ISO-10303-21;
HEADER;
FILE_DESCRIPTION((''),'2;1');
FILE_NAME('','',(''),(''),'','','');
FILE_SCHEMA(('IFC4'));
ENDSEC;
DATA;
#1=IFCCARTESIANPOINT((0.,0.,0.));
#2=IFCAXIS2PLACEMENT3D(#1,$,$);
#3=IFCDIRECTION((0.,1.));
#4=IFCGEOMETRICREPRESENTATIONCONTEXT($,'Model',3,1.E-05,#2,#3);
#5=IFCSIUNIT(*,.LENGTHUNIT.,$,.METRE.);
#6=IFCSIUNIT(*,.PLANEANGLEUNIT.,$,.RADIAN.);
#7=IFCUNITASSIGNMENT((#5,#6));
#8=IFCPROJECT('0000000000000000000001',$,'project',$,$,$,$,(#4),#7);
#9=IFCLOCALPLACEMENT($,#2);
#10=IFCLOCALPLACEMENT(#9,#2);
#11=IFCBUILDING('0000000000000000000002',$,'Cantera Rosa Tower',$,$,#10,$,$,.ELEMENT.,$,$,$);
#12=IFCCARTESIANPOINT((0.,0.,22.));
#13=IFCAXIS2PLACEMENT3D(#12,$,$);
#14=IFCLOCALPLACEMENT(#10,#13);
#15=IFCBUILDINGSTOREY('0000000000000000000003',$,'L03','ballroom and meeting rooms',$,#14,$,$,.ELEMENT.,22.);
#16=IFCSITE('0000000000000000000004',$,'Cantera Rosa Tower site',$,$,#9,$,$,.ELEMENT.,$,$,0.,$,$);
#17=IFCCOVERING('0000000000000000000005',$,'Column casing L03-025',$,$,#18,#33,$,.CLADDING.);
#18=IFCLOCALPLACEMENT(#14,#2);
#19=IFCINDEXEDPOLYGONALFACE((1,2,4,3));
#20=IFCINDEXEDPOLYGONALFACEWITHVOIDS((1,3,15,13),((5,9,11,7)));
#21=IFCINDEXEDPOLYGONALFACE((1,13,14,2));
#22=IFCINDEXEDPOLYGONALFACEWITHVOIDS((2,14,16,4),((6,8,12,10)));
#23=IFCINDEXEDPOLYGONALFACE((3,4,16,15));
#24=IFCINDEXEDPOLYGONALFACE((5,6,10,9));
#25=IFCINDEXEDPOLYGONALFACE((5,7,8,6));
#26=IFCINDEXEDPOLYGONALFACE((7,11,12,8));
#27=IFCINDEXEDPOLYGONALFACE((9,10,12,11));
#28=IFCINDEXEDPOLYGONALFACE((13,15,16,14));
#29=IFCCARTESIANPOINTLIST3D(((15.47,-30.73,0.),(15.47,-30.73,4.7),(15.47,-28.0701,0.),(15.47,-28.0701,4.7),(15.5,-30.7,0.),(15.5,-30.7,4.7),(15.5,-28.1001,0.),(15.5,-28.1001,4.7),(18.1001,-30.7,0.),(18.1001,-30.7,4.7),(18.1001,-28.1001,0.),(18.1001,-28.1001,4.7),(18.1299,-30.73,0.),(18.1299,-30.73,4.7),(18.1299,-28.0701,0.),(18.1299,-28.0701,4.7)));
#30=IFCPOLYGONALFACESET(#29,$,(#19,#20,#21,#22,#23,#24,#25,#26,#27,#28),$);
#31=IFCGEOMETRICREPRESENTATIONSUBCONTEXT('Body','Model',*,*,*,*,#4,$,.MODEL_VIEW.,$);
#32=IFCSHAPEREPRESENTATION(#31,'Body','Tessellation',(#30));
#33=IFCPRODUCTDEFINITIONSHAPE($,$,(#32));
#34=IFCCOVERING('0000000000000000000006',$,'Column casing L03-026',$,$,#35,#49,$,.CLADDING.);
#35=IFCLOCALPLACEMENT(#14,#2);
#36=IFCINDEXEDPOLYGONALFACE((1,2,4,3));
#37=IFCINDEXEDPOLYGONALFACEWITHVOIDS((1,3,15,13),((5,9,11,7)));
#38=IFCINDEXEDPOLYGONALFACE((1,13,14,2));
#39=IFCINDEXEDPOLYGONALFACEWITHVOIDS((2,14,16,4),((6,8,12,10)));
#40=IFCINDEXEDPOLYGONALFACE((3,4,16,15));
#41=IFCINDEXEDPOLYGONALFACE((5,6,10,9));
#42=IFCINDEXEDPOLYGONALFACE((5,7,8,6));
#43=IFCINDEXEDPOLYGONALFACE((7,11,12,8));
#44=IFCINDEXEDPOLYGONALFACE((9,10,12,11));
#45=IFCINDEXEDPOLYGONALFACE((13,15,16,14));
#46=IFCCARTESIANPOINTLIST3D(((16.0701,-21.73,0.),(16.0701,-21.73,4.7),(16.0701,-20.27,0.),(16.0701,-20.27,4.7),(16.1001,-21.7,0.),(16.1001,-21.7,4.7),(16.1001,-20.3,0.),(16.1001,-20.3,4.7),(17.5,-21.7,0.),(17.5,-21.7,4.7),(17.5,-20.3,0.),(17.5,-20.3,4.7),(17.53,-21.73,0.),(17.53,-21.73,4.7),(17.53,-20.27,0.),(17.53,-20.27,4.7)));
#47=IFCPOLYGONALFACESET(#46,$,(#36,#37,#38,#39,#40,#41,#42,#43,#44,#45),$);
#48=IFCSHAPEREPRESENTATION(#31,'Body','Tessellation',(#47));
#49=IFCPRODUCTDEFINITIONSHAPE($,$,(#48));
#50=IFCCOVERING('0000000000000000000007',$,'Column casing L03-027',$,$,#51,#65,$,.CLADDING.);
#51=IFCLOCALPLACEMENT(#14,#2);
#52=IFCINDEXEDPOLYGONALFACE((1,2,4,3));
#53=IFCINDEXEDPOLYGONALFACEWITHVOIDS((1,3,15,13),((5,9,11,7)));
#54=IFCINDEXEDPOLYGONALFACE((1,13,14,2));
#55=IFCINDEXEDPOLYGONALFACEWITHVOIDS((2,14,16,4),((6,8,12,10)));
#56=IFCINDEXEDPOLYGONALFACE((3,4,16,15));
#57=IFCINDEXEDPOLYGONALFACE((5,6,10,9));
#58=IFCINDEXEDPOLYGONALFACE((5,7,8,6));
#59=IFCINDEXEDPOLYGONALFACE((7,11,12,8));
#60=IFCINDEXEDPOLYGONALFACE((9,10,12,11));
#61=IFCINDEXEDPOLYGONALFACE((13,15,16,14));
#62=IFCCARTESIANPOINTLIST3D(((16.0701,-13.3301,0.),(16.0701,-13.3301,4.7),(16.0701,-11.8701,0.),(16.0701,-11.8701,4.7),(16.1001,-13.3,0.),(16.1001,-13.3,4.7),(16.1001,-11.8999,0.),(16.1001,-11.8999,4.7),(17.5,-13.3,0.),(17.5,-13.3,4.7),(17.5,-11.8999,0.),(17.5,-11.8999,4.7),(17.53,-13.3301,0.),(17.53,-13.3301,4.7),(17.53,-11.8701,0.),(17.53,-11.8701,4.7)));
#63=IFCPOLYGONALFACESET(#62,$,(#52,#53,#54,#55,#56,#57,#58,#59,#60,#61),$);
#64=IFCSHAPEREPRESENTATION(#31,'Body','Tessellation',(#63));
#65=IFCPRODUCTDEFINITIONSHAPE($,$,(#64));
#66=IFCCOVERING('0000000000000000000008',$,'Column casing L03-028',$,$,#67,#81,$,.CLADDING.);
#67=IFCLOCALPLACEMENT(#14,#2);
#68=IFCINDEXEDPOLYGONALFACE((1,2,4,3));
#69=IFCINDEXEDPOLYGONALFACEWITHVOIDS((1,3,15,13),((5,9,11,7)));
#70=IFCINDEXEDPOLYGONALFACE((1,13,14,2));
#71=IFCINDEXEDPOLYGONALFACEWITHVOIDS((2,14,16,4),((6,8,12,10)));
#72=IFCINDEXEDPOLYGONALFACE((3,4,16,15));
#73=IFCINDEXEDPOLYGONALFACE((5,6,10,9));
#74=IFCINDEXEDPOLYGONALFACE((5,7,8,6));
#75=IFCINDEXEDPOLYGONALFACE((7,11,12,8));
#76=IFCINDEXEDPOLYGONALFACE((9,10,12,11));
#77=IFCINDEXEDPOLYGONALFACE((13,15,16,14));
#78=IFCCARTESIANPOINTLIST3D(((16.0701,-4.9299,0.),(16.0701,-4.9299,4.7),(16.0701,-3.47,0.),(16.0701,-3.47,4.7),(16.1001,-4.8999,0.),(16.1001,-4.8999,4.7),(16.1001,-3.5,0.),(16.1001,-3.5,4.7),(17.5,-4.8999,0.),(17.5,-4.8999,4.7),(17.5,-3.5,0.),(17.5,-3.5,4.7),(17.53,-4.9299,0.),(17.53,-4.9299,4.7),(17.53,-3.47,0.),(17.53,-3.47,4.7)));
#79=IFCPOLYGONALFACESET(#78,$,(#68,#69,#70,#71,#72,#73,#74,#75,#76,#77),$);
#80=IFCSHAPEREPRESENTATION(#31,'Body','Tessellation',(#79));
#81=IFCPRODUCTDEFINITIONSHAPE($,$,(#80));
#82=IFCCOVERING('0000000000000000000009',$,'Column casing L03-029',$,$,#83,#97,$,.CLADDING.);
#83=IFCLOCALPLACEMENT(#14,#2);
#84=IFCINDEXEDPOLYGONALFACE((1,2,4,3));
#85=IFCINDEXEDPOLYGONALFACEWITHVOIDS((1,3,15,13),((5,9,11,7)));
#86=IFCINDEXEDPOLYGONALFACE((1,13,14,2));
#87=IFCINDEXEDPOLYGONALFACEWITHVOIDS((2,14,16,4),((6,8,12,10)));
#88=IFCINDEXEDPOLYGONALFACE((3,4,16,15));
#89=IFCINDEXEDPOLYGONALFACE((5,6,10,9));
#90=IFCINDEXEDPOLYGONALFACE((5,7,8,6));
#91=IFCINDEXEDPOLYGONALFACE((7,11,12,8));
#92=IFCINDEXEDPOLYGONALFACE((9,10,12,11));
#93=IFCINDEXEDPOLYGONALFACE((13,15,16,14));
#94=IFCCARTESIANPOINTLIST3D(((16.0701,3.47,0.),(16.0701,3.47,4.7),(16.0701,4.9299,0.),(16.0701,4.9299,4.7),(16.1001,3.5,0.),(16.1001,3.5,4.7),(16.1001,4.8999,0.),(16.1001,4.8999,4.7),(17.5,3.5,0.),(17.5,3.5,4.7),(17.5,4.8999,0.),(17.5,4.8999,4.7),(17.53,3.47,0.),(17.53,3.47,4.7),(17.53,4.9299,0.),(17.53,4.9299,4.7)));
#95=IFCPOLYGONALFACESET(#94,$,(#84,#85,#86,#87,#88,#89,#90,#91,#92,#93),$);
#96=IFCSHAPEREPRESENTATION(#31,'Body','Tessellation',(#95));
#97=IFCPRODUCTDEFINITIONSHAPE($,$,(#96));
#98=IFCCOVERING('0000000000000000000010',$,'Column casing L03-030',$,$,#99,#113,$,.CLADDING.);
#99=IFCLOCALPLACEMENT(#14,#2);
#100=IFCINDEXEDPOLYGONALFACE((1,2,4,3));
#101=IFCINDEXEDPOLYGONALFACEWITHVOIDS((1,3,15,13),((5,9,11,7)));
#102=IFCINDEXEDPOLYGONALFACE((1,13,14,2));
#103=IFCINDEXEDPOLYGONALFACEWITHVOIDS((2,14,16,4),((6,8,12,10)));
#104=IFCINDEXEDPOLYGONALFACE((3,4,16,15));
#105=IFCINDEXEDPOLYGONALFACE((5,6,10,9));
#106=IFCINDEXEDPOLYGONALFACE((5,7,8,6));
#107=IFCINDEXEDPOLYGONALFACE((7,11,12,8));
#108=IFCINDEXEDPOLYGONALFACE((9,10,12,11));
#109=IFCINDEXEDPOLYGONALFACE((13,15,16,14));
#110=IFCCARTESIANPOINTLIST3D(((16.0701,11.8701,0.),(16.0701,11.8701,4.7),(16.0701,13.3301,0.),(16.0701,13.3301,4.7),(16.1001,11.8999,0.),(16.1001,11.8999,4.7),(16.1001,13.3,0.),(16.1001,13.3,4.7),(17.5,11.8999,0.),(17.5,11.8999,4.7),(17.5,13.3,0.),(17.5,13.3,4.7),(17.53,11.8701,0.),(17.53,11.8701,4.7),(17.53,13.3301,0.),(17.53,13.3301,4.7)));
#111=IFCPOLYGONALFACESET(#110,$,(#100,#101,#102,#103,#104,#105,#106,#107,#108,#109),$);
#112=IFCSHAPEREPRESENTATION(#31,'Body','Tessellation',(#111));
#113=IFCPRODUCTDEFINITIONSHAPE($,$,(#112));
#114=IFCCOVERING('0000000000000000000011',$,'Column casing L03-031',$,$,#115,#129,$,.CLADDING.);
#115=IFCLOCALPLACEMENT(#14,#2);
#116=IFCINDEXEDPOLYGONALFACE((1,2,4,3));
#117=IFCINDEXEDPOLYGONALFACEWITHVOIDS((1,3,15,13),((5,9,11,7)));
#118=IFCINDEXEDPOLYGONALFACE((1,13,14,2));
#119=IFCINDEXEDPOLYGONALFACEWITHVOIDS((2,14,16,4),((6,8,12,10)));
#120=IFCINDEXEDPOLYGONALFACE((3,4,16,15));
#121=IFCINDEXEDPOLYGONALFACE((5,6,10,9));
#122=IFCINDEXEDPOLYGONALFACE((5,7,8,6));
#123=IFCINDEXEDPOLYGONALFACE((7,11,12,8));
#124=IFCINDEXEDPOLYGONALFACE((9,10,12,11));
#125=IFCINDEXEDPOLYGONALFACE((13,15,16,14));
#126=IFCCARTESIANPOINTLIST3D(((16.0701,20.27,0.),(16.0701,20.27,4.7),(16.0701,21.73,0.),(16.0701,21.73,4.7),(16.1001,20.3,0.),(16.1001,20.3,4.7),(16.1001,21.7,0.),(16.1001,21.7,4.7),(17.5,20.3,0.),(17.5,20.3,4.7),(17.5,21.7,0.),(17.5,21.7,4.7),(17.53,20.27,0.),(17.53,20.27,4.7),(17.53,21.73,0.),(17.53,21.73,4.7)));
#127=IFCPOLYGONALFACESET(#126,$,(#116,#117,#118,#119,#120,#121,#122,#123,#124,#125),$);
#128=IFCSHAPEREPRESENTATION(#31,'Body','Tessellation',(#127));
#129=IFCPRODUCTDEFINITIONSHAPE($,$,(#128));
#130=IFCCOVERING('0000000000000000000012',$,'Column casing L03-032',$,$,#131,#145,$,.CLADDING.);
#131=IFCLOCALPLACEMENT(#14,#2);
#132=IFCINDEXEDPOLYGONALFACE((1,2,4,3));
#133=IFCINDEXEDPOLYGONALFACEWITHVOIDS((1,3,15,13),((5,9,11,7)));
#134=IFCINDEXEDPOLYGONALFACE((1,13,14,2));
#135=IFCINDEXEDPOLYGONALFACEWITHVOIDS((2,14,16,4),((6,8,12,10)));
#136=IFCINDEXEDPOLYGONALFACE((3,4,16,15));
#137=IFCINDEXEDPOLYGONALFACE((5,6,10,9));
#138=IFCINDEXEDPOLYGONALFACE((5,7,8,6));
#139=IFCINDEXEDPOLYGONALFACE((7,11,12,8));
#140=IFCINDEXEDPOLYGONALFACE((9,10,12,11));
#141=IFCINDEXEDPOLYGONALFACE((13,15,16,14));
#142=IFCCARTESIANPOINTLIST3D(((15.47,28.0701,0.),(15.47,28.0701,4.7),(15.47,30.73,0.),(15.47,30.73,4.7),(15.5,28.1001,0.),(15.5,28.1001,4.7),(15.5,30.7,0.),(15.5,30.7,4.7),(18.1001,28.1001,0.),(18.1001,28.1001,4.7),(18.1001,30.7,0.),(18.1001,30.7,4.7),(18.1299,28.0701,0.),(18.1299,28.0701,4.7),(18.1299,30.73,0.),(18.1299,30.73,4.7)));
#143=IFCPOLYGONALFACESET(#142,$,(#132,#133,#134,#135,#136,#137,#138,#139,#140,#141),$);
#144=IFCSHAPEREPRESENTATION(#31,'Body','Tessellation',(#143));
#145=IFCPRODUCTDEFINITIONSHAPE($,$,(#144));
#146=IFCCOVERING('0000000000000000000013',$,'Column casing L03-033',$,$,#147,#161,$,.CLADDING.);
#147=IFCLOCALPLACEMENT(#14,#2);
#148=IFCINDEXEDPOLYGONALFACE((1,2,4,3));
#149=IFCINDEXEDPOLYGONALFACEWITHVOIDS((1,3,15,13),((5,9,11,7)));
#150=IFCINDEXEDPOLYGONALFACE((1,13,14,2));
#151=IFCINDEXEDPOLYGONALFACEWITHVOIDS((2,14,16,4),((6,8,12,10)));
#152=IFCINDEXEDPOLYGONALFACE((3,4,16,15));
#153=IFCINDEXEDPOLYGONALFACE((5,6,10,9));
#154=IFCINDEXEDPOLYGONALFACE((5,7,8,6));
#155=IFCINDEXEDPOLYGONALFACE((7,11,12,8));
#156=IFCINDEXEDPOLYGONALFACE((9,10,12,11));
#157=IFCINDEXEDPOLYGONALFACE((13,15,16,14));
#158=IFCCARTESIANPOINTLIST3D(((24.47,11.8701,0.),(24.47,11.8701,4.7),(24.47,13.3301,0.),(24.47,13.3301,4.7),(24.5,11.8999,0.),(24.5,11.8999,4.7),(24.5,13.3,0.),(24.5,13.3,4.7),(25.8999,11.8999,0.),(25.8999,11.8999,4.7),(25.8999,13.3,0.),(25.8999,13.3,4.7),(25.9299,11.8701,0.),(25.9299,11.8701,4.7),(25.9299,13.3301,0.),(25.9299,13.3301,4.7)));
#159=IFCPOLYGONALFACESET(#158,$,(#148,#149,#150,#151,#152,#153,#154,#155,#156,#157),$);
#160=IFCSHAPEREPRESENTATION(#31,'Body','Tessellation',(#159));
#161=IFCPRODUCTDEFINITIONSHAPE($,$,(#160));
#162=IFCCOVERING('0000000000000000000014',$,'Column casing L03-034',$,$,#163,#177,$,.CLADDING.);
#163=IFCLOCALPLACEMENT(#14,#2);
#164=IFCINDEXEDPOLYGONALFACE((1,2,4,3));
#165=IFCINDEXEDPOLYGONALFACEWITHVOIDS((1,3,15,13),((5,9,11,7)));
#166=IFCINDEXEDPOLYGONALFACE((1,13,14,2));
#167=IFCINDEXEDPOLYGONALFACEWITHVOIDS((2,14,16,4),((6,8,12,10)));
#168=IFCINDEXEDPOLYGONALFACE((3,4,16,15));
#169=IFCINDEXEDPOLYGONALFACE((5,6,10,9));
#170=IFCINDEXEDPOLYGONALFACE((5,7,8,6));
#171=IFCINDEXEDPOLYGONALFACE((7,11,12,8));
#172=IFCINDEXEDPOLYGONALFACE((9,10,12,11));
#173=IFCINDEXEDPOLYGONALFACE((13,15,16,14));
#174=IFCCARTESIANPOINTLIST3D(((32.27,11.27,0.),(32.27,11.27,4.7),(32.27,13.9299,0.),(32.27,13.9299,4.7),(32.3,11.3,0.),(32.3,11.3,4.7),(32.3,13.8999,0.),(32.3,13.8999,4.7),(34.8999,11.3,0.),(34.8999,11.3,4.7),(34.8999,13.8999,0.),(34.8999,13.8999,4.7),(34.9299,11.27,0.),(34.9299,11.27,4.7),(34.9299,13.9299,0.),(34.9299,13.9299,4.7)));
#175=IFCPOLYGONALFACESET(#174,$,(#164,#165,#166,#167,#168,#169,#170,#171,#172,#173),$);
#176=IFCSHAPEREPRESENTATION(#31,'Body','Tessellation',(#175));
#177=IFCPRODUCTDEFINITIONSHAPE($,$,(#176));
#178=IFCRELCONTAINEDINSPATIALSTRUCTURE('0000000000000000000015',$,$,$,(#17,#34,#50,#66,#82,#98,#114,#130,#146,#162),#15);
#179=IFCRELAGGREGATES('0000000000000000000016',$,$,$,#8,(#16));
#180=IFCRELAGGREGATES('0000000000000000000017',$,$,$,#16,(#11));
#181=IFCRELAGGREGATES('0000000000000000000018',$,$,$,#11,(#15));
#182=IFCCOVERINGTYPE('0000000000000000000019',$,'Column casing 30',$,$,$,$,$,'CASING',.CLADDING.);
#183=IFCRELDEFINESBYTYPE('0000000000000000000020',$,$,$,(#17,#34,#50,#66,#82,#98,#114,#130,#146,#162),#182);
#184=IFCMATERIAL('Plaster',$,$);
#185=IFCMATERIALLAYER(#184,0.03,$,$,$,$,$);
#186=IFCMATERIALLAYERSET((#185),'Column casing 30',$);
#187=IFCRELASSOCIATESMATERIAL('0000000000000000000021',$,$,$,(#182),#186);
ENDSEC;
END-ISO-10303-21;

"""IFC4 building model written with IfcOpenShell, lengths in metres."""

from ifc_helpers import new_model, si_unit, direction, frame, origin, place, context, subcontext, project, spatial, polyline, outline, extrude, material, layer, layer_set, type_object, element, save


model = new_model("IFC4")

# Units and contexts
model_context = context("Model", 3, precision=1e-05, world=origin(), true_north=direction((0.0, 1.0)))
body_context = subcontext(model_context, "Body", "Model", "MODEL_VIEW")
ifc_project = project(units=[si_unit("LENGTHUNIT", "METRE"), si_unit("PLANEANGLEUNIT", "RADIAN")], contexts=[model_context])

# Site, building, storey
site_placement = place(None, origin())
site = spatial("IfcSite", under=ifc_project, at=site_placement, Name="Cantera Rosa Tower site", CompositionType="ELEMENT", RefElevation=0.0)
building_placement = place(site_placement, origin())
building = spatial("IfcBuilding", under=site, at=building_placement, Name="Cantera Rosa Tower", CompositionType="ELEMENT")
storey_placement = place(building_placement, frame((0.0, 0.0, 22.0)))
storey = spatial("IfcBuildingStorey", under=building, at=storey_placement, Name="L03", Description="ballroom and meeting rooms", CompositionType="ELEMENT", Elevation=22.0)

# Coverings
ifc_material_1 = material(Name="Plaster")
ifc_layer_1 = layer(ifc_material_1, 0.03)
ifc_layer_set_1 = layer_set([ifc_layer_1], Name="Column casing 30")
covering_type = type_object("IfcCoveringType", Name="Column casing 30", ElementType="CASING", PredefinedType="CLADDING", material=ifc_layer_set_1)
covering_1_placement = place(storey_placement, origin())
element("IfcCovering", 1, at=covering_1_placement, inside=storey, type_object=covering_type, Name="Column casing L03-025", PredefinedType="CLADDING", context=body_context, shape_type="SweptSolid", body=[
    extrude(outline(polyline([(15.47, -30.73), (18.1299, -30.73), (18.1299, -28.0701), (15.47, -28.0701), (15.47, -30.73)]), holes=[polyline([(18.1001, -28.1001), (15.5, -28.1001), (15.5, -30.7), (18.1001, -30.7), (18.1001, -28.1001)])]), origin(), (0.0, 0.0, 1.0), 4.7),
])
covering_2_placement = place(storey_placement, origin())
element("IfcCovering", 2, at=covering_2_placement, inside=storey, type_object=covering_type, Name="Column casing L03-026", PredefinedType="CLADDING", context=body_context, shape_type="SweptSolid", body=[
    extrude(outline(polyline([(16.0701, -21.73), (17.53, -21.73), (17.53, -20.27), (16.0701, -20.27), (16.0701, -21.73)]), holes=[polyline([(17.5, -20.3), (16.1001, -20.3), (16.1001, -21.7), (17.5, -21.7), (17.5, -20.3)])]), origin(), (0.0, 0.0, 1.0), 4.7),
])
covering_3_placement = place(storey_placement, origin())
element("IfcCovering", 3, at=covering_3_placement, inside=storey, type_object=covering_type, Name="Column casing L03-027", PredefinedType="CLADDING", context=body_context, shape_type="SweptSolid", body=[
    extrude(outline(polyline([(16.0701, -13.3301), (17.53, -13.3301), (17.53, -11.8701), (16.0701, -11.8701), (16.0701, -13.3301)]), holes=[polyline([(17.5, -11.8999), (16.1001, -11.8999), (16.1001, -13.3), (17.5, -13.3), (17.5, -11.8999)])]), origin(), (0.0, 0.0, 1.0), 4.7),
])
covering_4_placement = place(storey_placement, origin())
element("IfcCovering", 4, at=covering_4_placement, inside=storey, type_object=covering_type, Name="Column casing L03-028", PredefinedType="CLADDING", context=body_context, shape_type="SweptSolid", body=[
    extrude(outline(polyline([(16.0701, -4.9299), (17.53, -4.9299), (17.53, -3.47), (16.0701, -3.47), (16.0701, -4.9299)]), holes=[polyline([(17.5, -3.5), (16.1001, -3.5), (16.1001, -4.8999), (17.5, -4.8999), (17.5, -3.5)])]), origin(), (0.0, 0.0, 1.0), 4.7),
])
covering_5_placement = place(storey_placement, origin())
element("IfcCovering", 5, at=covering_5_placement, inside=storey, type_object=covering_type, Name="Column casing L03-029", PredefinedType="CLADDING", context=body_context, shape_type="SweptSolid", body=[
    extrude(outline(polyline([(16.0701, 3.47), (17.53, 3.47), (17.53, 4.9299), (16.0701, 4.9299), (16.0701, 3.47)]), holes=[polyline([(17.5, 4.8999), (16.1001, 4.8999), (16.1001, 3.5), (17.5, 3.5), (17.5, 4.8999)])]), origin(), (0.0, 0.0, 1.0), 4.7),
])
covering_6_placement = place(storey_placement, origin())
element("IfcCovering", 6, at=covering_6_placement, inside=storey, type_object=covering_type, Name="Column casing L03-030", PredefinedType="CLADDING", context=body_context, shape_type="SweptSolid", body=[
    extrude(outline(polyline([(16.0701, 11.8701), (17.53, 11.8701), (17.53, 13.3301), (16.0701, 13.3301), (16.0701, 11.8701)]), holes=[polyline([(17.5, 13.3), (16.1001, 13.3), (16.1001, 11.8999), (17.5, 11.8999), (17.5, 13.3)])]), origin(), (0.0, 0.0, 1.0), 4.7),
])
covering_7_placement = place(storey_placement, origin())
element("IfcCovering", 7, at=covering_7_placement, inside=storey, type_object=covering_type, Name="Column casing L03-031", PredefinedType="CLADDING", context=body_context, shape_type="SweptSolid", body=[
    extrude(outline(polyline([(16.0701, 20.27), (17.53, 20.27), (17.53, 21.73), (16.0701, 21.73), (16.0701, 20.27)]), holes=[polyline([(17.5, 21.7), (16.1001, 21.7), (16.1001, 20.3), (17.5, 20.3), (17.5, 21.7)])]), origin(), (0.0, 0.0, 1.0), 4.7),
])
covering_8_placement = place(storey_placement, origin())
element("IfcCovering", 8, at=covering_8_placement, inside=storey, type_object=covering_type, Name="Column casing L03-032", PredefinedType="CLADDING", context=body_context, shape_type="SweptSolid", body=[
    extrude(outline(polyline([(15.47, 28.0701), (18.1299, 28.0701), (18.1299, 30.73), (15.47, 30.73), (15.47, 28.0701)]), holes=[polyline([(18.1001, 30.7), (15.5, 30.7), (15.5, 28.1001), (18.1001, 28.1001), (18.1001, 30.7)])]), origin(), (0.0, 0.0, 1.0), 4.7),
])
covering_9_placement = place(storey_placement, origin())
element("IfcCovering", 9, at=covering_9_placement, inside=storey, type_object=covering_type, Name="Column casing L03-033", PredefinedType="CLADDING", context=body_context, shape_type="SweptSolid", body=[
    extrude(outline(polyline([(24.47, 11.8701), (25.9299, 11.8701), (25.9299, 13.3301), (24.47, 13.3301), (24.47, 11.8701)]), holes=[polyline([(25.8999, 13.3), (24.5, 13.3), (24.5, 11.8999), (25.8999, 11.8999), (25.8999, 13.3)])]), origin(), (0.0, 0.0, 1.0), 4.7),
])
covering_10_placement = place(storey_placement, origin())
element("IfcCovering", 10, at=covering_10_placement, inside=storey, type_object=covering_type, Name="Column casing L03-034", PredefinedType="CLADDING", context=body_context, shape_type="SweptSolid", body=[
    extrude(outline(polyline([(32.27, 11.27), (34.9299, 11.27), (34.9299, 13.9299), (32.27, 13.9299), (32.27, 11.27)]), holes=[polyline([(34.8999, 13.8999), (32.3, 13.8999), (32.3, 11.3), (34.8999, 11.3), (34.8999, 13.8999)])]), origin(), (0.0, 0.0, 1.0), 4.7),
])

save(model, "model.ifc")
